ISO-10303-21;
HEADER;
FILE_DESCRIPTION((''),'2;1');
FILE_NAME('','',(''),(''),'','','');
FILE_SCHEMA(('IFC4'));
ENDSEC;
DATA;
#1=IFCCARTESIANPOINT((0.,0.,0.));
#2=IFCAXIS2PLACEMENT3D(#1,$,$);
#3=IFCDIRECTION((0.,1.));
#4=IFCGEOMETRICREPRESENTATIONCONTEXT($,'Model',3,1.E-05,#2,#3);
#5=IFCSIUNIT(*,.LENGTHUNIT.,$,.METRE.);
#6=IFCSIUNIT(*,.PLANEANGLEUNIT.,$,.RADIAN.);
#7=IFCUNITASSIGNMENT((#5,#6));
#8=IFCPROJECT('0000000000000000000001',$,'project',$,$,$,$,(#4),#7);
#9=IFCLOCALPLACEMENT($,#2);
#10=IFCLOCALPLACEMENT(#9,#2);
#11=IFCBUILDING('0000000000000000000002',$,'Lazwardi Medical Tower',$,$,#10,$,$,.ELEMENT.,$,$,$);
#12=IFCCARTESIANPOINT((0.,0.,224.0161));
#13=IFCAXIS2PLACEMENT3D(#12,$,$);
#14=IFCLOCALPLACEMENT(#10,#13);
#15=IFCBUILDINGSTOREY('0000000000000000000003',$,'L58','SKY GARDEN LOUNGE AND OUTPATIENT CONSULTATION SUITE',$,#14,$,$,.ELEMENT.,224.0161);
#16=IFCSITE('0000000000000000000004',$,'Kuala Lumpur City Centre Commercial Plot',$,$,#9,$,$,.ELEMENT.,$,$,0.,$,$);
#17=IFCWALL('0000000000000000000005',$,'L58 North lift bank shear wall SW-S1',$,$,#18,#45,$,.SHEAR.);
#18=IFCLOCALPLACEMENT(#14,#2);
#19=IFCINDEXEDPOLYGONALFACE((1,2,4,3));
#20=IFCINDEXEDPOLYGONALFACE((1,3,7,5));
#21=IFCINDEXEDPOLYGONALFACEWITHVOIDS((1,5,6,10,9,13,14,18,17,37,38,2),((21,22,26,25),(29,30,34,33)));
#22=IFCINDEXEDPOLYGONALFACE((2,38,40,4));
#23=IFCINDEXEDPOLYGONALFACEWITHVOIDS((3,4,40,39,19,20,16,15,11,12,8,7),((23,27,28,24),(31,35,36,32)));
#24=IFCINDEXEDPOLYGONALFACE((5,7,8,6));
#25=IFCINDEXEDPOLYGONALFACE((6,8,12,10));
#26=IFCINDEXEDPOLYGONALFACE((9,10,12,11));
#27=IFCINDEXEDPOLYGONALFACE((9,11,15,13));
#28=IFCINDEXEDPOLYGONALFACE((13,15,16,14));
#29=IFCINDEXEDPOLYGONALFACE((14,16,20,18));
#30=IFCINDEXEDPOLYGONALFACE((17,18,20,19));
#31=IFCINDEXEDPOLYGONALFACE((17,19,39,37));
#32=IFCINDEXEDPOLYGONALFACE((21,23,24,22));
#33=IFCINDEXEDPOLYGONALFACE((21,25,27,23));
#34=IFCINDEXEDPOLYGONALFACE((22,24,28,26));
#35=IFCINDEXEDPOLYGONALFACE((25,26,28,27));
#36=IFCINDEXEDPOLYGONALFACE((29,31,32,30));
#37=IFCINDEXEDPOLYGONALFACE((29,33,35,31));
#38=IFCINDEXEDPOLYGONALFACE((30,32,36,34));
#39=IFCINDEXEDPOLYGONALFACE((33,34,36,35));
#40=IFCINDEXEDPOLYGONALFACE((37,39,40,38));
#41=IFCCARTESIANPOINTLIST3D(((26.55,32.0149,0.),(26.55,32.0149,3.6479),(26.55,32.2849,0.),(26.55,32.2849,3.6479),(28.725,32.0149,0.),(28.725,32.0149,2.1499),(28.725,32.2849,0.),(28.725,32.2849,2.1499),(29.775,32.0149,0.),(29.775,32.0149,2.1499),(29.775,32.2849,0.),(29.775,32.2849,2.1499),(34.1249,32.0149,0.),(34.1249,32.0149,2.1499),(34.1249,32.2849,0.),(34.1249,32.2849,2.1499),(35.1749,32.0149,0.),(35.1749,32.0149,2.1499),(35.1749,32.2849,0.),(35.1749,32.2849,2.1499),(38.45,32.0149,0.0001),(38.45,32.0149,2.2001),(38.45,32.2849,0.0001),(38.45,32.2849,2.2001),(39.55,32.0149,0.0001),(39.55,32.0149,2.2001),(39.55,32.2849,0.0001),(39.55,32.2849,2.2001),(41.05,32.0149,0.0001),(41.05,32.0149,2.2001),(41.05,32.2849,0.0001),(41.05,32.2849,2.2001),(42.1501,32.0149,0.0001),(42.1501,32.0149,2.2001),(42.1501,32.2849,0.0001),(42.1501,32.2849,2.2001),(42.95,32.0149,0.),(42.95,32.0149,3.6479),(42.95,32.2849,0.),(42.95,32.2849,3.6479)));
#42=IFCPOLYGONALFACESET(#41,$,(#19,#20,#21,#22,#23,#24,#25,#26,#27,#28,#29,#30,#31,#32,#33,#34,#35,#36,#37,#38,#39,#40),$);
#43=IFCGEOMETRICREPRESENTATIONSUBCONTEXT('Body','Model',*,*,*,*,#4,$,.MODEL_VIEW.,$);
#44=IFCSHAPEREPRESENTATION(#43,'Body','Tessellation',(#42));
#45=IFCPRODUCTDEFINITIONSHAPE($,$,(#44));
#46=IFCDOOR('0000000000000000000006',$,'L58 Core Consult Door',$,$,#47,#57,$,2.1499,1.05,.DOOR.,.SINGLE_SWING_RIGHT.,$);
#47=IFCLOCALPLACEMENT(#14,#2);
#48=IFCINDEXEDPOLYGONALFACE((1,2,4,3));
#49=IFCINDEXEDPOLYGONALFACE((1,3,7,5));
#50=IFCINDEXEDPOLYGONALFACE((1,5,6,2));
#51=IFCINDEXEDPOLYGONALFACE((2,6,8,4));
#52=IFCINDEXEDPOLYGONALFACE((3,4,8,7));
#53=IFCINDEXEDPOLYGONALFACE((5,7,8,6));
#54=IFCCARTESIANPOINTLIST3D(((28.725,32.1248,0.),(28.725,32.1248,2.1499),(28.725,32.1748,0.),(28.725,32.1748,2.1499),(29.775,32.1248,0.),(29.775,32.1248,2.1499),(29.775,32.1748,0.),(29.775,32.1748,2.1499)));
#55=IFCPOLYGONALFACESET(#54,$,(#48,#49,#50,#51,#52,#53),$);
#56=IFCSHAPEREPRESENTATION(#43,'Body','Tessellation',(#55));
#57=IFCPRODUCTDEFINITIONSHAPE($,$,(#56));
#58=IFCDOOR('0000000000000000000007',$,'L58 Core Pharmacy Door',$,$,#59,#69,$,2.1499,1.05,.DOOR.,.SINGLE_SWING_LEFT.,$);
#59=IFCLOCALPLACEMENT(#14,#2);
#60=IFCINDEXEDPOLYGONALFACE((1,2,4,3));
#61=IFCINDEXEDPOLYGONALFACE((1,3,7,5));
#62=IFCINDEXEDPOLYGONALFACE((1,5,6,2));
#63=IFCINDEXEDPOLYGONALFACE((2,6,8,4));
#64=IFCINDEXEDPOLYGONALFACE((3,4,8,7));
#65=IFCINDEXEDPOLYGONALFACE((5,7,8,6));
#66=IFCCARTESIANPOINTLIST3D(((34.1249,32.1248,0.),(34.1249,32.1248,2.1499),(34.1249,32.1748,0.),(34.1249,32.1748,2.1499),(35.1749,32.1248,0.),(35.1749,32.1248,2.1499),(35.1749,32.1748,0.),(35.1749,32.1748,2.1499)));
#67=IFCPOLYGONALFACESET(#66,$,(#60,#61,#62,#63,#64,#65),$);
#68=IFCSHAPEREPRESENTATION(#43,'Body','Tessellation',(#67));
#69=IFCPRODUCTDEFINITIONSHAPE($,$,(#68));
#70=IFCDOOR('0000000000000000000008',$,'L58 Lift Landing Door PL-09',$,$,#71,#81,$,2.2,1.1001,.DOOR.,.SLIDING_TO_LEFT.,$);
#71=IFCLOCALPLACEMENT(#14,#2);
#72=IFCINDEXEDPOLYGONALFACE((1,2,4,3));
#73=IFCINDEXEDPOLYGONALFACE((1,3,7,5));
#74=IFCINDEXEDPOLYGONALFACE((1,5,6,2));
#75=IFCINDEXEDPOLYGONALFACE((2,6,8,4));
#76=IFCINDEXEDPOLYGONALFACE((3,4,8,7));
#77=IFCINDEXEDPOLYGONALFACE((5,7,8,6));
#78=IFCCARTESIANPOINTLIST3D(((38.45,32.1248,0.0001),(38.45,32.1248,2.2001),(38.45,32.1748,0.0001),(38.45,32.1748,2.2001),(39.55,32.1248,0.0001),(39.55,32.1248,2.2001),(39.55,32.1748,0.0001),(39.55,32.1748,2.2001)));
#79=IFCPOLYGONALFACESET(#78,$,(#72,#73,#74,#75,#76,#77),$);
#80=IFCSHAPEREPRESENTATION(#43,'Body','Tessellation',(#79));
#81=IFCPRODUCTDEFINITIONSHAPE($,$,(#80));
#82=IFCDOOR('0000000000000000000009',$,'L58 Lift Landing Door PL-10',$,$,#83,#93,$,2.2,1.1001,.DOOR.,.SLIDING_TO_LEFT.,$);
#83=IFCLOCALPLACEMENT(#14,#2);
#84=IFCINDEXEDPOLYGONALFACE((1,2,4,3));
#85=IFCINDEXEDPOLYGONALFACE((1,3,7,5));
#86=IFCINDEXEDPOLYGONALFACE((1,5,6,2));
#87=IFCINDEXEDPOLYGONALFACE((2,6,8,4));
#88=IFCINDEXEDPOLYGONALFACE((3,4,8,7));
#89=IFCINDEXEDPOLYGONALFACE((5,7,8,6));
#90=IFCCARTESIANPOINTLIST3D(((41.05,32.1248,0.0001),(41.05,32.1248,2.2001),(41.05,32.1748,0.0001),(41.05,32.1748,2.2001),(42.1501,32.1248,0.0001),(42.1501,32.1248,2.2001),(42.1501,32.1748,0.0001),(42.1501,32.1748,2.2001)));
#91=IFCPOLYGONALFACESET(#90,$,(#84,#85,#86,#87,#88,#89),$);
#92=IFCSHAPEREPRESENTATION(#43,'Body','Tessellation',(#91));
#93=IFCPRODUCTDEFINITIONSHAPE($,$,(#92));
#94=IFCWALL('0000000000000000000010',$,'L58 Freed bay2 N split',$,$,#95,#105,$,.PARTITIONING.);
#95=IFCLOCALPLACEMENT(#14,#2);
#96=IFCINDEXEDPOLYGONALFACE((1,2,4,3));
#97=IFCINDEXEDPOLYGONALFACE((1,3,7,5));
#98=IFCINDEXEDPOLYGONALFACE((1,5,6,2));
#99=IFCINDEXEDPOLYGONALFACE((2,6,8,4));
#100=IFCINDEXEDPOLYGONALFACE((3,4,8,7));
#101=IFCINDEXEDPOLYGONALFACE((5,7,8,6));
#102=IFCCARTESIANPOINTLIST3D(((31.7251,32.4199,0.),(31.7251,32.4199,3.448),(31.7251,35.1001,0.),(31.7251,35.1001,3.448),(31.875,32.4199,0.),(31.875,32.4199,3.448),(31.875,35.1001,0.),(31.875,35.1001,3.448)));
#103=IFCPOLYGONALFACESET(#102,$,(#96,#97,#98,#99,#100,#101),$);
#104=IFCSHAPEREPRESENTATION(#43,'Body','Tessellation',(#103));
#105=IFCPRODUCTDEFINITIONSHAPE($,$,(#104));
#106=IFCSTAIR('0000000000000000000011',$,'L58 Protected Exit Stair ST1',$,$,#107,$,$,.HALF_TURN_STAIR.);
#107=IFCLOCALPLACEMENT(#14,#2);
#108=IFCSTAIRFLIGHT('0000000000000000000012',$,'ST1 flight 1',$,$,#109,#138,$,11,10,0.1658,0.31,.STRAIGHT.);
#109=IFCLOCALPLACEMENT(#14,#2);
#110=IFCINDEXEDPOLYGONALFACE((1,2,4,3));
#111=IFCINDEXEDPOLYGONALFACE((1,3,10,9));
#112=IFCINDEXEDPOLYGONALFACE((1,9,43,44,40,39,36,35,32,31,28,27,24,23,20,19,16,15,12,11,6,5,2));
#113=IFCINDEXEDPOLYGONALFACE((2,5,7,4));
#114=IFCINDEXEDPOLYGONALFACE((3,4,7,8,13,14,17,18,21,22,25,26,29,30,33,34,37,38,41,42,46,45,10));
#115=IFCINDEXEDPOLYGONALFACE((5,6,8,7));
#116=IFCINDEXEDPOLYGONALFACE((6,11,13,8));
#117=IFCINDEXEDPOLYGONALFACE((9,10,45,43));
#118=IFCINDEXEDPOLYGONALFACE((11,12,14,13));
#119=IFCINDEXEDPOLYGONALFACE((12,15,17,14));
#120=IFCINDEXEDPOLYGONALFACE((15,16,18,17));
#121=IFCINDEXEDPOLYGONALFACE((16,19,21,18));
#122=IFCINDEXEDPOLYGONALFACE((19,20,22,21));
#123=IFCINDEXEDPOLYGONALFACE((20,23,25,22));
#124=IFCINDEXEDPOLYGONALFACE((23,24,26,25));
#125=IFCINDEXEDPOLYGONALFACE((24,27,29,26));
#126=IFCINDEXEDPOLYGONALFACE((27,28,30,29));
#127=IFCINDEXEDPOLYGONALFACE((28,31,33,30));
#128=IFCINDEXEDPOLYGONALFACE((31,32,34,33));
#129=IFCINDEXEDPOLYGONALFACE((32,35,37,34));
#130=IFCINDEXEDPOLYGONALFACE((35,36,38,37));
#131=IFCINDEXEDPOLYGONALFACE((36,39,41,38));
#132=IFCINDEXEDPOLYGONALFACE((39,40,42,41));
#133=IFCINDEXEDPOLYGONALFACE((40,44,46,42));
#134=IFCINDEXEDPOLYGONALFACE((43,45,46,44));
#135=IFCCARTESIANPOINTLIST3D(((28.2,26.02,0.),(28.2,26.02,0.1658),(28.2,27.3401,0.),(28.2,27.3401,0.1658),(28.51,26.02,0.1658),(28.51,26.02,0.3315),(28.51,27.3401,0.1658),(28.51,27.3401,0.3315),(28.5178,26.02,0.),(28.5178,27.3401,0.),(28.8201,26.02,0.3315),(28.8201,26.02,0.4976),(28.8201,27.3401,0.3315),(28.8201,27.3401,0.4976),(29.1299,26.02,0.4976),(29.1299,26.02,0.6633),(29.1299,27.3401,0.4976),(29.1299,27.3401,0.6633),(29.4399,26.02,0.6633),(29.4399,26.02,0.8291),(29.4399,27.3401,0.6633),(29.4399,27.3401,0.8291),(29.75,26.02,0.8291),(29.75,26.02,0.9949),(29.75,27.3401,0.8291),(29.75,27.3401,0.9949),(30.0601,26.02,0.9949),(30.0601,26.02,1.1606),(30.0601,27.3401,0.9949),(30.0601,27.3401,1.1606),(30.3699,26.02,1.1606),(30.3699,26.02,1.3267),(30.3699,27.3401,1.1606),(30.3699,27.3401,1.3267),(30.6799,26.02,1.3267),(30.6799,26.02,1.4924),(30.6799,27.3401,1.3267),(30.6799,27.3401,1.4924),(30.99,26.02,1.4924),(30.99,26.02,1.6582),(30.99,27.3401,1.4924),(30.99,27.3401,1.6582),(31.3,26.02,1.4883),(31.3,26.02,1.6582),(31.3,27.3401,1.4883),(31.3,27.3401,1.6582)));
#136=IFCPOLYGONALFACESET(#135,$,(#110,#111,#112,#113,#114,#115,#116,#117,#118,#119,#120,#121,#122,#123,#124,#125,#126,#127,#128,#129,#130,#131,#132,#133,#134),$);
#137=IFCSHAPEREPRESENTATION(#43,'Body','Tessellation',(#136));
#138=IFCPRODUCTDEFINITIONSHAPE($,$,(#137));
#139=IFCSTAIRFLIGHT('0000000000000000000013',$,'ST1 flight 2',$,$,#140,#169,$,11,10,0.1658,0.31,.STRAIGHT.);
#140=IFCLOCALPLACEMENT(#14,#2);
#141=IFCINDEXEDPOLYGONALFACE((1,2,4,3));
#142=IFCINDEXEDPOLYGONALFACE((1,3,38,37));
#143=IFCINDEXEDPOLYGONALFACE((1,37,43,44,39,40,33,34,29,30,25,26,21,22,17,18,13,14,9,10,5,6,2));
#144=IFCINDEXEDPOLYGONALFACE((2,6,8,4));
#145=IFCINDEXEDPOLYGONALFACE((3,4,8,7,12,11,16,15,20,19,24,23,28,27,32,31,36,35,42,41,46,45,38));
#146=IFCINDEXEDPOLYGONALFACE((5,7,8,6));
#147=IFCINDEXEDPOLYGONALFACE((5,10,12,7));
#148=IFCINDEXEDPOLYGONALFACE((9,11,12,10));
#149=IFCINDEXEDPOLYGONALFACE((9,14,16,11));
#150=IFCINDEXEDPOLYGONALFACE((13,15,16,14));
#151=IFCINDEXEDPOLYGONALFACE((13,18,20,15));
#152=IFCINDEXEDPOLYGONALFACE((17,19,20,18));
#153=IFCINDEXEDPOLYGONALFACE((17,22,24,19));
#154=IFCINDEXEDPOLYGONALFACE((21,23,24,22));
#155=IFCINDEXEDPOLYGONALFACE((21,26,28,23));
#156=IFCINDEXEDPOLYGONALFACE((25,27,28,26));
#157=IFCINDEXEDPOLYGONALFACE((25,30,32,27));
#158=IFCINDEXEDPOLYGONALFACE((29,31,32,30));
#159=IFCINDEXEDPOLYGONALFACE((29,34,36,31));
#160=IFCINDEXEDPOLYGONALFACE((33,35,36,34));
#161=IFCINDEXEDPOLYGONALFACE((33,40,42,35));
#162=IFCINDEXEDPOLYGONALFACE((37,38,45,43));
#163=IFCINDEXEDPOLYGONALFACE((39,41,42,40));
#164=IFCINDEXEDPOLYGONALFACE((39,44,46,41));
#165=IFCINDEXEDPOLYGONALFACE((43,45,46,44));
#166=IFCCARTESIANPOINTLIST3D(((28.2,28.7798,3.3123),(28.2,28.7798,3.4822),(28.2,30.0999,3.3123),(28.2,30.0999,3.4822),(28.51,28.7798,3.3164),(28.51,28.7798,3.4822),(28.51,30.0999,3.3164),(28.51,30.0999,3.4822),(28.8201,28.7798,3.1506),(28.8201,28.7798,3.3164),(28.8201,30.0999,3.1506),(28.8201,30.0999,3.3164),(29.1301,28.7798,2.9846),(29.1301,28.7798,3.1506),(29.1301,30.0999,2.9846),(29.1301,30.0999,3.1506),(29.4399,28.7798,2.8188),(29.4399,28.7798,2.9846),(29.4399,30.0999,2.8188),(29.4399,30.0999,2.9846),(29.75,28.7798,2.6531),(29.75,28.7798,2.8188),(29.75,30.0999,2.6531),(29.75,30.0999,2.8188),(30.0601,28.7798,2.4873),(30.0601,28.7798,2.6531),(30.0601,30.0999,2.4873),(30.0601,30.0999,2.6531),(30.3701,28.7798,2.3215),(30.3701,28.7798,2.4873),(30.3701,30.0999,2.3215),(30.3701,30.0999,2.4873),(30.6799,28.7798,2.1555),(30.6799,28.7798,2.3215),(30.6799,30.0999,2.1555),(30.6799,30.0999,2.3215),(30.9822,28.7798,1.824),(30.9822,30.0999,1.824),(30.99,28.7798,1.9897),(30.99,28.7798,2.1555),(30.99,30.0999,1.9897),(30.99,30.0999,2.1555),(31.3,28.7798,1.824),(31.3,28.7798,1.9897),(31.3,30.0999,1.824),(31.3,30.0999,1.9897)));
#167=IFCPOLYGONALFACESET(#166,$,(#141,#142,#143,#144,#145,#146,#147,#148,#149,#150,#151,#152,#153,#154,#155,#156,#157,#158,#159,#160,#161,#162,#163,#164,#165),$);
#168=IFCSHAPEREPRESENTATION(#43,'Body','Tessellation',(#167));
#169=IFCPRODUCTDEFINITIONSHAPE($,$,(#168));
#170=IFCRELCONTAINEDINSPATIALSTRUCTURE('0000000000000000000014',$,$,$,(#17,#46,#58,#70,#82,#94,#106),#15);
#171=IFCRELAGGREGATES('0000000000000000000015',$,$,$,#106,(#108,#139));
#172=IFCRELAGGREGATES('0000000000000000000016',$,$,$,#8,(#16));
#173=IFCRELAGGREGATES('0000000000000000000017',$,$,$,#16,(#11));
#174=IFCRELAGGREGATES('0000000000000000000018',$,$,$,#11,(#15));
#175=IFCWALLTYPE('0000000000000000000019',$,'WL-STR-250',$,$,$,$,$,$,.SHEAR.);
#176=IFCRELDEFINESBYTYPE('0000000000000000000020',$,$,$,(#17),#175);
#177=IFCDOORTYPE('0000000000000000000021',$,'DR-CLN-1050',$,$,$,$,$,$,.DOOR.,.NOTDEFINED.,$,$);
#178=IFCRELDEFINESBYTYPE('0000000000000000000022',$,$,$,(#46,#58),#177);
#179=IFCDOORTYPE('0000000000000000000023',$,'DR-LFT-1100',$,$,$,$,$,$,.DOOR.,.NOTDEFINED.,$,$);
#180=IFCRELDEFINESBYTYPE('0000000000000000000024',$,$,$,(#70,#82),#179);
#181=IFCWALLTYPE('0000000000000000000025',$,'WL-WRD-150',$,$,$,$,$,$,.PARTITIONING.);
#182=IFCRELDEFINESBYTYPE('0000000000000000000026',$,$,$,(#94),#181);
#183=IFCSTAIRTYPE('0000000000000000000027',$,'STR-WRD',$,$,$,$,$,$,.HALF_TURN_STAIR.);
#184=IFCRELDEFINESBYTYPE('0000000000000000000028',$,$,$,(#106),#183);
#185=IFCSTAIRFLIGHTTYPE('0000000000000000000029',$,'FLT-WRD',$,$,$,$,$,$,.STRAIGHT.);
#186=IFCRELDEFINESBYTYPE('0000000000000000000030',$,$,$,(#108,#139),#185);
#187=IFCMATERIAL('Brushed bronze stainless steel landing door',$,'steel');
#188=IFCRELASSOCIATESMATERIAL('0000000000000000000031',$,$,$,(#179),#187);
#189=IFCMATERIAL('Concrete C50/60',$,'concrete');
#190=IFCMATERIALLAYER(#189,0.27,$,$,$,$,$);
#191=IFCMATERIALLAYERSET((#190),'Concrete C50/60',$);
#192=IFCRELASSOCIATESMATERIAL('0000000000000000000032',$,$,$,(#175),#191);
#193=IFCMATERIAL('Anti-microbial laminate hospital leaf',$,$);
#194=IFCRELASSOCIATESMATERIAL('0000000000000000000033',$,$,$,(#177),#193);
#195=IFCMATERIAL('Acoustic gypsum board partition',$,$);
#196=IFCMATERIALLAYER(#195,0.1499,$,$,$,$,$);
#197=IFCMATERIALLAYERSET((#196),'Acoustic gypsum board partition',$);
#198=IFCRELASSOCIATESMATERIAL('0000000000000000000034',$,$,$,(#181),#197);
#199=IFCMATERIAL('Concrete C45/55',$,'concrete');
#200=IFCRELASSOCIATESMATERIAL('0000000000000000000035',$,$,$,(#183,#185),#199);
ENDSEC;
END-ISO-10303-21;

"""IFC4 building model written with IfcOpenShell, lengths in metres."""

from ifc_helpers import new_model, si_unit, direction, frame, frame_2d, origin, place, context, subcontext, project, spatial, polyline, rectangle, outline, extrude, material, layer, layer_set, type_object, element, fill, aggregate, save


model = new_model("IFC4")

# Units and contexts
model_context = context("Model", 3, precision=1e-05, world=origin(), true_north=direction((0.0, 1.0)))
body_context = subcontext(model_context, "Body", "Model", "MODEL_VIEW")
ifc_project = project(units=[si_unit("LENGTHUNIT", "METRE"), si_unit("PLANEANGLEUNIT", "RADIAN")], contexts=[model_context])

# Site, building, storey
site_placement = place(None, origin())
site = spatial("IfcSite", under=ifc_project, at=site_placement, Name="Kuala Lumpur City Centre Commercial Plot", CompositionType="ELEMENT", RefElevation=0.0)
building_placement = place(site_placement, origin())
building = spatial("IfcBuilding", under=site, at=building_placement, Name="Lazwardi Medical Tower", CompositionType="ELEMENT")
storey_placement = place(building_placement, frame((0.0, 0.0, 224.0161)))
storey = spatial("IfcBuildingStorey", under=building, at=storey_placement, Name="L58", Description="SKY GARDEN LOUNGE AND OUTPATIENT CONSULTATION SUITE", CompositionType="ELEMENT", Elevation=224.0161)

# Shared definitions
ifc_material_1 = material(Name="Anti-microbial laminate hospital leaf")
ifc_material_2 = material(Name="Brushed bronze stainless steel landing door", Category="steel")
door_type_1 = type_object("IfcDoorType", Name="DR-LFT-1100", OperationType="NOTDEFINED", PredefinedType="DOOR", material=ifc_material_2)

# Shared definitions
ifc_material_3 = material(Name="Concrete C50/60", Category="concrete")
ifc_layer_1 = layer(ifc_material_3, 0.27)
ifc_layer_set_1 = layer_set([ifc_layer_1], Name="Concrete C50/60")
wall_type_1 = type_object("IfcWallType", Name="WL-STR-250", PredefinedType="SHEAR", material=ifc_layer_set_1)

# Wall, openings, doors
wall_1_placement = place(storey_placement, frame((26.55, 32.1499, 0.0), z_axis=(0.0, 0.0, 1.0), x_axis=(1.0, 0.0, 0.0)))
wall_1 = element("IfcWall", 1, at=wall_1_placement, inside=storey, type_object=wall_type_1, Name="L58 North lift bank shear wall SW-S1", PredefinedType="SHEAR", context=body_context, shape_type="SweptSolid", body=[
    extrude(rectangle(XDim=16.3999, YDim=0.27, at=frame_2d((8.2, 0.0))), origin(), (0.0, 0.0, 1.0), 3.6479),
])
opening_1_placement = place(wall_1_placement, frame((2.175, 0.0, 0.0)))
opening_1 = element("IfcOpeningElement", 2, at=opening_1_placement, cuts=wall_1, PredefinedType="OPENING", context=body_context, shape_type="SweptSolid", body=[
    extrude(rectangle(XDim=1.05, YDim=2.1499, at=frame_2d((0.5249, 1.075))), frame((0.0, 0.145, 0.0), z_axis=(0.0, -1.0, 0.0), x_axis=(1.0, 0.0, 0.0)), (0.0, 0.0, 1.0), 0.29),
])
opening_2_placement = place(wall_1_placement, frame((7.575, 0.0, 0.0)))
opening_2 = element("IfcOpeningElement", 3, at=opening_2_placement, cuts=wall_1, PredefinedType="OPENING", context=body_context, shape_type="SweptSolid", body=[
    extrude(rectangle(XDim=1.05, YDim=2.1499, at=frame_2d((0.5249, 1.075))), frame((0.0, 0.145, 0.0), z_axis=(0.0, -1.0, 0.0), x_axis=(1.0, 0.0, 0.0)), (0.0, 0.0, 1.0), 0.29),
])
opening_3_placement = place(wall_1_placement, frame((11.8999, 0.0, 0.0)))
opening_3 = element("IfcOpeningElement", 4, at=opening_3_placement, cuts=wall_1, PredefinedType="OPENING", context=body_context, shape_type="SweptSolid", body=[
    extrude(rectangle(XDim=1.1001, YDim=2.2, at=frame_2d((0.55, 1.1001))), frame((0.0, 0.145, 0.0), z_axis=(0.0, -1.0, 0.0), x_axis=(1.0, 0.0, 0.0)), (0.0, 0.0, 1.0), 0.29),
])
opening_4_placement = place(wall_1_placement, frame((14.5, 0.0, 0.0)))
opening_4 = element("IfcOpeningElement", 5, at=opening_4_placement, cuts=wall_1, PredefinedType="OPENING", context=body_context, shape_type="SweptSolid", body=[
    extrude(rectangle(XDim=1.1001, YDim=2.2, at=frame_2d((0.55, 1.1001))), frame((0.0, 0.145, 0.0), z_axis=(0.0, -1.0, 0.0), x_axis=(1.0, 0.0, 0.0)), (0.0, 0.0, 1.0), 0.29),
])
door_type_2 = type_object("IfcDoorType", Name="DR-CLN-1050", OperationType="NOTDEFINED", PredefinedType="DOOR", material=ifc_material_1)
door_1_placement = place(opening_1_placement, origin())
door_1 = element("IfcDoor", 6, at=door_1_placement, inside=storey, type_object=door_type_2, Name="L58 Core Consult Door", OperationType="SINGLE_SWING_RIGHT", OverallHeight=2.1499, OverallWidth=1.05, PredefinedType="DOOR", context=body_context, shape_type="SweptSolid", body=[
    extrude(rectangle(XDim=1.05, YDim=2.1499, at=frame_2d((0.5249, 1.075))), frame((0.0, 0.0249, 0.0), z_axis=(0.0, -1.0, 0.0), x_axis=(1.0, 0.0, 0.0)), (0.0, 0.0, 1.0), 0.05),
])
fill(opening_1, door_1)
door_2_placement = place(opening_2_placement, origin())
door_2 = element("IfcDoor", 7, at=door_2_placement, inside=storey, type_object=door_type_2, Name="L58 Core Pharmacy Door", OperationType="SINGLE_SWING_LEFT", OverallHeight=2.1499, OverallWidth=1.05, PredefinedType="DOOR", context=body_context, shape_type="SweptSolid", body=[
    extrude(rectangle(XDim=1.05, YDim=2.1499, at=frame_2d((0.5249, 1.075))), frame((0.0, 0.0249, 0.0), z_axis=(0.0, -1.0, 0.0), x_axis=(1.0, 0.0, 0.0)), (0.0, 0.0, 1.0), 0.05),
])
fill(opening_2, door_2)
door_3_placement = place(opening_3_placement, origin())
door_3 = element("IfcDoor", 8, at=door_3_placement, inside=storey, type_object=door_type_1, Name="L58 Lift Landing Door PL-09", OperationType="SLIDING_TO_LEFT", OverallHeight=2.2, OverallWidth=1.1001, PredefinedType="DOOR", context=body_context, shape_type="SweptSolid", body=[
    extrude(rectangle(XDim=1.1001, YDim=2.2, at=frame_2d((0.55, 1.1001))), frame((0.0, 0.0249, 0.0), z_axis=(0.0, -1.0, 0.0), x_axis=(1.0, 0.0, 0.0)), (0.0, 0.0, 1.0), 0.05),
])
fill(opening_3, door_3)
door_4_placement = place(opening_4_placement, origin())
door_4 = element("IfcDoor", 9, at=door_4_placement, inside=storey, type_object=door_type_1, Name="L58 Lift Landing Door PL-10", OperationType="SLIDING_TO_LEFT", OverallHeight=2.2, OverallWidth=1.1001, PredefinedType="DOOR", context=body_context, shape_type="SweptSolid", body=[
    extrude(rectangle(XDim=1.1001, YDim=2.2, at=frame_2d((0.55, 1.1001))), frame((0.0, 0.0249, 0.0), z_axis=(0.0, -1.0, 0.0), x_axis=(1.0, 0.0, 0.0)), (0.0, 0.0, 1.0), 0.05),
])
fill(opening_4, door_4)

# Wall
ifc_material_4 = material(Name="Acoustic gypsum board partition")
ifc_layer_2 = layer(ifc_material_4, 0.1499)
ifc_layer_set_2 = layer_set([ifc_layer_2], Name="Acoustic gypsum board partition")
wall_type_2 = type_object("IfcWallType", Name="WL-WRD-150", PredefinedType="PARTITIONING", material=ifc_layer_set_2)
wall_2_placement = place(storey_placement, frame((31.8, 32.4199, 0.0), z_axis=(0.0, 0.0, 1.0), x_axis=(0.0, 1.0, 0.0)))
element("IfcWall", 10, at=wall_2_placement, inside=storey, type_object=wall_type_2, Name="L58 Freed bay2 N split", PredefinedType="PARTITIONING", context=body_context, shape_type="SweptSolid", body=[
    extrude(rectangle(XDim=2.6802, YDim=0.1499, at=frame_2d((1.3401, 0.0))), origin(), (0.0, 0.0, 1.0), 3.448),
])

# Stair, stair flights
ifc_material_5 = material(Name="Concrete C45/55", Category="concrete")
stair_type = type_object("IfcStairType", Name="STR-WRD", PredefinedType="HALF_TURN_STAIR", material=ifc_material_5)
stair_placement = place(storey_placement, origin())
stair = element("IfcStair", 11, at=stair_placement, inside=storey, type_object=stair_type, Name="L58 Protected Exit Stair ST1", PredefinedType="HALF_TURN_STAIR")
stair_flight_type = type_object("IfcStairFlightType", Name="FLT-WRD", PredefinedType="STRAIGHT", material=ifc_material_5)
stair_flight_1_placement = place(storey_placement, frame((28.2, 26.6799, 0.0), z_axis=(0.0, 0.0, 1.0), x_axis=(1.0, 0.0, 0.0)))
stair_flight_1 = element("IfcStairFlight", 12, at=stair_flight_1_placement, type_object=stair_flight_type, Name="ST1 flight 1", NumberOfRisers=11, NumberOfTreads=10, PredefinedType="STRAIGHT", RiserHeight=0.1658, TreadLength=0.31, context=body_context, shape_type="SweptSolid", body=[
    extrude(outline(polyline([(0.0, 0.0), (0.0, 0.1658), (0.3101, 0.1658), (0.3101, 0.3315), (0.6201, 0.3315), (0.6201, 0.4976), (0.9299, 0.4976), (0.9299, 0.6633), (1.24, 0.6633), (1.24, 0.8291), (1.55, 0.8291), (1.55, 0.9949), (1.8601, 0.9949), (1.8601, 1.1606), (2.1699, 1.1606), (2.1699, 1.3267), (2.48, 1.3267), (2.48, 1.4924), (2.79, 1.4924), (2.79, 1.6582), (3.1001, 1.6582), (3.1001, 1.824), (3.1001, 1.4883), (0.3179, 0.0), (0.0, 0.0)])), frame((0.0, 0.6602, 0.0), z_axis=(0.0, -1.0, 0.0), x_axis=(1.0, 0.0, 0.0)), (0.0, 0.0, 1.0), 1.3201),
])
stair_flight_2_placement = place(storey_placement, frame((31.3, 29.4399, 1.824), z_axis=(0.0, 0.0, 1.0), x_axis=(-1.0, 0.0, 0.0)))
stair_flight_2 = element("IfcStairFlight", 13, at=stair_flight_2_placement, type_object=stair_flight_type, Name="ST1 flight 2", NumberOfRisers=11, NumberOfTreads=10, PredefinedType="STRAIGHT", RiserHeight=0.1658, TreadLength=0.31, context=body_context, shape_type="SweptSolid", body=[
    extrude(outline(polyline([(0.0, 0.0), (0.0, 0.1658), (0.3101, 0.1658), (0.3101, 0.3315), (0.6201, 0.3315), (0.6201, 0.4976), (0.9299, 0.4976), (0.9299, 0.6633), (1.24, 0.6633), (1.24, 0.8291), (1.55, 0.8291), (1.55, 0.9949), (1.8601, 0.9949), (1.8601, 1.1606), (2.1699, 1.1606), (2.1699, 1.3267), (2.48, 1.3267), (2.48, 1.4924), (2.79, 1.4924), (2.79, 1.6582), (3.1001, 1.6582), (3.1001, 1.824), (3.1001, 1.4883), (0.3179, 0.0), (0.0, 0.0)])), frame((0.0, 0.6602, 0.0), z_axis=(0.0, -1.0, 0.0), x_axis=(1.0, 0.0, 0.0)), (0.0, 0.0, 1.0), 1.3201),
])
aggregate(stair, [stair_flight_1, stair_flight_2])

save(model, "model.ifc")
